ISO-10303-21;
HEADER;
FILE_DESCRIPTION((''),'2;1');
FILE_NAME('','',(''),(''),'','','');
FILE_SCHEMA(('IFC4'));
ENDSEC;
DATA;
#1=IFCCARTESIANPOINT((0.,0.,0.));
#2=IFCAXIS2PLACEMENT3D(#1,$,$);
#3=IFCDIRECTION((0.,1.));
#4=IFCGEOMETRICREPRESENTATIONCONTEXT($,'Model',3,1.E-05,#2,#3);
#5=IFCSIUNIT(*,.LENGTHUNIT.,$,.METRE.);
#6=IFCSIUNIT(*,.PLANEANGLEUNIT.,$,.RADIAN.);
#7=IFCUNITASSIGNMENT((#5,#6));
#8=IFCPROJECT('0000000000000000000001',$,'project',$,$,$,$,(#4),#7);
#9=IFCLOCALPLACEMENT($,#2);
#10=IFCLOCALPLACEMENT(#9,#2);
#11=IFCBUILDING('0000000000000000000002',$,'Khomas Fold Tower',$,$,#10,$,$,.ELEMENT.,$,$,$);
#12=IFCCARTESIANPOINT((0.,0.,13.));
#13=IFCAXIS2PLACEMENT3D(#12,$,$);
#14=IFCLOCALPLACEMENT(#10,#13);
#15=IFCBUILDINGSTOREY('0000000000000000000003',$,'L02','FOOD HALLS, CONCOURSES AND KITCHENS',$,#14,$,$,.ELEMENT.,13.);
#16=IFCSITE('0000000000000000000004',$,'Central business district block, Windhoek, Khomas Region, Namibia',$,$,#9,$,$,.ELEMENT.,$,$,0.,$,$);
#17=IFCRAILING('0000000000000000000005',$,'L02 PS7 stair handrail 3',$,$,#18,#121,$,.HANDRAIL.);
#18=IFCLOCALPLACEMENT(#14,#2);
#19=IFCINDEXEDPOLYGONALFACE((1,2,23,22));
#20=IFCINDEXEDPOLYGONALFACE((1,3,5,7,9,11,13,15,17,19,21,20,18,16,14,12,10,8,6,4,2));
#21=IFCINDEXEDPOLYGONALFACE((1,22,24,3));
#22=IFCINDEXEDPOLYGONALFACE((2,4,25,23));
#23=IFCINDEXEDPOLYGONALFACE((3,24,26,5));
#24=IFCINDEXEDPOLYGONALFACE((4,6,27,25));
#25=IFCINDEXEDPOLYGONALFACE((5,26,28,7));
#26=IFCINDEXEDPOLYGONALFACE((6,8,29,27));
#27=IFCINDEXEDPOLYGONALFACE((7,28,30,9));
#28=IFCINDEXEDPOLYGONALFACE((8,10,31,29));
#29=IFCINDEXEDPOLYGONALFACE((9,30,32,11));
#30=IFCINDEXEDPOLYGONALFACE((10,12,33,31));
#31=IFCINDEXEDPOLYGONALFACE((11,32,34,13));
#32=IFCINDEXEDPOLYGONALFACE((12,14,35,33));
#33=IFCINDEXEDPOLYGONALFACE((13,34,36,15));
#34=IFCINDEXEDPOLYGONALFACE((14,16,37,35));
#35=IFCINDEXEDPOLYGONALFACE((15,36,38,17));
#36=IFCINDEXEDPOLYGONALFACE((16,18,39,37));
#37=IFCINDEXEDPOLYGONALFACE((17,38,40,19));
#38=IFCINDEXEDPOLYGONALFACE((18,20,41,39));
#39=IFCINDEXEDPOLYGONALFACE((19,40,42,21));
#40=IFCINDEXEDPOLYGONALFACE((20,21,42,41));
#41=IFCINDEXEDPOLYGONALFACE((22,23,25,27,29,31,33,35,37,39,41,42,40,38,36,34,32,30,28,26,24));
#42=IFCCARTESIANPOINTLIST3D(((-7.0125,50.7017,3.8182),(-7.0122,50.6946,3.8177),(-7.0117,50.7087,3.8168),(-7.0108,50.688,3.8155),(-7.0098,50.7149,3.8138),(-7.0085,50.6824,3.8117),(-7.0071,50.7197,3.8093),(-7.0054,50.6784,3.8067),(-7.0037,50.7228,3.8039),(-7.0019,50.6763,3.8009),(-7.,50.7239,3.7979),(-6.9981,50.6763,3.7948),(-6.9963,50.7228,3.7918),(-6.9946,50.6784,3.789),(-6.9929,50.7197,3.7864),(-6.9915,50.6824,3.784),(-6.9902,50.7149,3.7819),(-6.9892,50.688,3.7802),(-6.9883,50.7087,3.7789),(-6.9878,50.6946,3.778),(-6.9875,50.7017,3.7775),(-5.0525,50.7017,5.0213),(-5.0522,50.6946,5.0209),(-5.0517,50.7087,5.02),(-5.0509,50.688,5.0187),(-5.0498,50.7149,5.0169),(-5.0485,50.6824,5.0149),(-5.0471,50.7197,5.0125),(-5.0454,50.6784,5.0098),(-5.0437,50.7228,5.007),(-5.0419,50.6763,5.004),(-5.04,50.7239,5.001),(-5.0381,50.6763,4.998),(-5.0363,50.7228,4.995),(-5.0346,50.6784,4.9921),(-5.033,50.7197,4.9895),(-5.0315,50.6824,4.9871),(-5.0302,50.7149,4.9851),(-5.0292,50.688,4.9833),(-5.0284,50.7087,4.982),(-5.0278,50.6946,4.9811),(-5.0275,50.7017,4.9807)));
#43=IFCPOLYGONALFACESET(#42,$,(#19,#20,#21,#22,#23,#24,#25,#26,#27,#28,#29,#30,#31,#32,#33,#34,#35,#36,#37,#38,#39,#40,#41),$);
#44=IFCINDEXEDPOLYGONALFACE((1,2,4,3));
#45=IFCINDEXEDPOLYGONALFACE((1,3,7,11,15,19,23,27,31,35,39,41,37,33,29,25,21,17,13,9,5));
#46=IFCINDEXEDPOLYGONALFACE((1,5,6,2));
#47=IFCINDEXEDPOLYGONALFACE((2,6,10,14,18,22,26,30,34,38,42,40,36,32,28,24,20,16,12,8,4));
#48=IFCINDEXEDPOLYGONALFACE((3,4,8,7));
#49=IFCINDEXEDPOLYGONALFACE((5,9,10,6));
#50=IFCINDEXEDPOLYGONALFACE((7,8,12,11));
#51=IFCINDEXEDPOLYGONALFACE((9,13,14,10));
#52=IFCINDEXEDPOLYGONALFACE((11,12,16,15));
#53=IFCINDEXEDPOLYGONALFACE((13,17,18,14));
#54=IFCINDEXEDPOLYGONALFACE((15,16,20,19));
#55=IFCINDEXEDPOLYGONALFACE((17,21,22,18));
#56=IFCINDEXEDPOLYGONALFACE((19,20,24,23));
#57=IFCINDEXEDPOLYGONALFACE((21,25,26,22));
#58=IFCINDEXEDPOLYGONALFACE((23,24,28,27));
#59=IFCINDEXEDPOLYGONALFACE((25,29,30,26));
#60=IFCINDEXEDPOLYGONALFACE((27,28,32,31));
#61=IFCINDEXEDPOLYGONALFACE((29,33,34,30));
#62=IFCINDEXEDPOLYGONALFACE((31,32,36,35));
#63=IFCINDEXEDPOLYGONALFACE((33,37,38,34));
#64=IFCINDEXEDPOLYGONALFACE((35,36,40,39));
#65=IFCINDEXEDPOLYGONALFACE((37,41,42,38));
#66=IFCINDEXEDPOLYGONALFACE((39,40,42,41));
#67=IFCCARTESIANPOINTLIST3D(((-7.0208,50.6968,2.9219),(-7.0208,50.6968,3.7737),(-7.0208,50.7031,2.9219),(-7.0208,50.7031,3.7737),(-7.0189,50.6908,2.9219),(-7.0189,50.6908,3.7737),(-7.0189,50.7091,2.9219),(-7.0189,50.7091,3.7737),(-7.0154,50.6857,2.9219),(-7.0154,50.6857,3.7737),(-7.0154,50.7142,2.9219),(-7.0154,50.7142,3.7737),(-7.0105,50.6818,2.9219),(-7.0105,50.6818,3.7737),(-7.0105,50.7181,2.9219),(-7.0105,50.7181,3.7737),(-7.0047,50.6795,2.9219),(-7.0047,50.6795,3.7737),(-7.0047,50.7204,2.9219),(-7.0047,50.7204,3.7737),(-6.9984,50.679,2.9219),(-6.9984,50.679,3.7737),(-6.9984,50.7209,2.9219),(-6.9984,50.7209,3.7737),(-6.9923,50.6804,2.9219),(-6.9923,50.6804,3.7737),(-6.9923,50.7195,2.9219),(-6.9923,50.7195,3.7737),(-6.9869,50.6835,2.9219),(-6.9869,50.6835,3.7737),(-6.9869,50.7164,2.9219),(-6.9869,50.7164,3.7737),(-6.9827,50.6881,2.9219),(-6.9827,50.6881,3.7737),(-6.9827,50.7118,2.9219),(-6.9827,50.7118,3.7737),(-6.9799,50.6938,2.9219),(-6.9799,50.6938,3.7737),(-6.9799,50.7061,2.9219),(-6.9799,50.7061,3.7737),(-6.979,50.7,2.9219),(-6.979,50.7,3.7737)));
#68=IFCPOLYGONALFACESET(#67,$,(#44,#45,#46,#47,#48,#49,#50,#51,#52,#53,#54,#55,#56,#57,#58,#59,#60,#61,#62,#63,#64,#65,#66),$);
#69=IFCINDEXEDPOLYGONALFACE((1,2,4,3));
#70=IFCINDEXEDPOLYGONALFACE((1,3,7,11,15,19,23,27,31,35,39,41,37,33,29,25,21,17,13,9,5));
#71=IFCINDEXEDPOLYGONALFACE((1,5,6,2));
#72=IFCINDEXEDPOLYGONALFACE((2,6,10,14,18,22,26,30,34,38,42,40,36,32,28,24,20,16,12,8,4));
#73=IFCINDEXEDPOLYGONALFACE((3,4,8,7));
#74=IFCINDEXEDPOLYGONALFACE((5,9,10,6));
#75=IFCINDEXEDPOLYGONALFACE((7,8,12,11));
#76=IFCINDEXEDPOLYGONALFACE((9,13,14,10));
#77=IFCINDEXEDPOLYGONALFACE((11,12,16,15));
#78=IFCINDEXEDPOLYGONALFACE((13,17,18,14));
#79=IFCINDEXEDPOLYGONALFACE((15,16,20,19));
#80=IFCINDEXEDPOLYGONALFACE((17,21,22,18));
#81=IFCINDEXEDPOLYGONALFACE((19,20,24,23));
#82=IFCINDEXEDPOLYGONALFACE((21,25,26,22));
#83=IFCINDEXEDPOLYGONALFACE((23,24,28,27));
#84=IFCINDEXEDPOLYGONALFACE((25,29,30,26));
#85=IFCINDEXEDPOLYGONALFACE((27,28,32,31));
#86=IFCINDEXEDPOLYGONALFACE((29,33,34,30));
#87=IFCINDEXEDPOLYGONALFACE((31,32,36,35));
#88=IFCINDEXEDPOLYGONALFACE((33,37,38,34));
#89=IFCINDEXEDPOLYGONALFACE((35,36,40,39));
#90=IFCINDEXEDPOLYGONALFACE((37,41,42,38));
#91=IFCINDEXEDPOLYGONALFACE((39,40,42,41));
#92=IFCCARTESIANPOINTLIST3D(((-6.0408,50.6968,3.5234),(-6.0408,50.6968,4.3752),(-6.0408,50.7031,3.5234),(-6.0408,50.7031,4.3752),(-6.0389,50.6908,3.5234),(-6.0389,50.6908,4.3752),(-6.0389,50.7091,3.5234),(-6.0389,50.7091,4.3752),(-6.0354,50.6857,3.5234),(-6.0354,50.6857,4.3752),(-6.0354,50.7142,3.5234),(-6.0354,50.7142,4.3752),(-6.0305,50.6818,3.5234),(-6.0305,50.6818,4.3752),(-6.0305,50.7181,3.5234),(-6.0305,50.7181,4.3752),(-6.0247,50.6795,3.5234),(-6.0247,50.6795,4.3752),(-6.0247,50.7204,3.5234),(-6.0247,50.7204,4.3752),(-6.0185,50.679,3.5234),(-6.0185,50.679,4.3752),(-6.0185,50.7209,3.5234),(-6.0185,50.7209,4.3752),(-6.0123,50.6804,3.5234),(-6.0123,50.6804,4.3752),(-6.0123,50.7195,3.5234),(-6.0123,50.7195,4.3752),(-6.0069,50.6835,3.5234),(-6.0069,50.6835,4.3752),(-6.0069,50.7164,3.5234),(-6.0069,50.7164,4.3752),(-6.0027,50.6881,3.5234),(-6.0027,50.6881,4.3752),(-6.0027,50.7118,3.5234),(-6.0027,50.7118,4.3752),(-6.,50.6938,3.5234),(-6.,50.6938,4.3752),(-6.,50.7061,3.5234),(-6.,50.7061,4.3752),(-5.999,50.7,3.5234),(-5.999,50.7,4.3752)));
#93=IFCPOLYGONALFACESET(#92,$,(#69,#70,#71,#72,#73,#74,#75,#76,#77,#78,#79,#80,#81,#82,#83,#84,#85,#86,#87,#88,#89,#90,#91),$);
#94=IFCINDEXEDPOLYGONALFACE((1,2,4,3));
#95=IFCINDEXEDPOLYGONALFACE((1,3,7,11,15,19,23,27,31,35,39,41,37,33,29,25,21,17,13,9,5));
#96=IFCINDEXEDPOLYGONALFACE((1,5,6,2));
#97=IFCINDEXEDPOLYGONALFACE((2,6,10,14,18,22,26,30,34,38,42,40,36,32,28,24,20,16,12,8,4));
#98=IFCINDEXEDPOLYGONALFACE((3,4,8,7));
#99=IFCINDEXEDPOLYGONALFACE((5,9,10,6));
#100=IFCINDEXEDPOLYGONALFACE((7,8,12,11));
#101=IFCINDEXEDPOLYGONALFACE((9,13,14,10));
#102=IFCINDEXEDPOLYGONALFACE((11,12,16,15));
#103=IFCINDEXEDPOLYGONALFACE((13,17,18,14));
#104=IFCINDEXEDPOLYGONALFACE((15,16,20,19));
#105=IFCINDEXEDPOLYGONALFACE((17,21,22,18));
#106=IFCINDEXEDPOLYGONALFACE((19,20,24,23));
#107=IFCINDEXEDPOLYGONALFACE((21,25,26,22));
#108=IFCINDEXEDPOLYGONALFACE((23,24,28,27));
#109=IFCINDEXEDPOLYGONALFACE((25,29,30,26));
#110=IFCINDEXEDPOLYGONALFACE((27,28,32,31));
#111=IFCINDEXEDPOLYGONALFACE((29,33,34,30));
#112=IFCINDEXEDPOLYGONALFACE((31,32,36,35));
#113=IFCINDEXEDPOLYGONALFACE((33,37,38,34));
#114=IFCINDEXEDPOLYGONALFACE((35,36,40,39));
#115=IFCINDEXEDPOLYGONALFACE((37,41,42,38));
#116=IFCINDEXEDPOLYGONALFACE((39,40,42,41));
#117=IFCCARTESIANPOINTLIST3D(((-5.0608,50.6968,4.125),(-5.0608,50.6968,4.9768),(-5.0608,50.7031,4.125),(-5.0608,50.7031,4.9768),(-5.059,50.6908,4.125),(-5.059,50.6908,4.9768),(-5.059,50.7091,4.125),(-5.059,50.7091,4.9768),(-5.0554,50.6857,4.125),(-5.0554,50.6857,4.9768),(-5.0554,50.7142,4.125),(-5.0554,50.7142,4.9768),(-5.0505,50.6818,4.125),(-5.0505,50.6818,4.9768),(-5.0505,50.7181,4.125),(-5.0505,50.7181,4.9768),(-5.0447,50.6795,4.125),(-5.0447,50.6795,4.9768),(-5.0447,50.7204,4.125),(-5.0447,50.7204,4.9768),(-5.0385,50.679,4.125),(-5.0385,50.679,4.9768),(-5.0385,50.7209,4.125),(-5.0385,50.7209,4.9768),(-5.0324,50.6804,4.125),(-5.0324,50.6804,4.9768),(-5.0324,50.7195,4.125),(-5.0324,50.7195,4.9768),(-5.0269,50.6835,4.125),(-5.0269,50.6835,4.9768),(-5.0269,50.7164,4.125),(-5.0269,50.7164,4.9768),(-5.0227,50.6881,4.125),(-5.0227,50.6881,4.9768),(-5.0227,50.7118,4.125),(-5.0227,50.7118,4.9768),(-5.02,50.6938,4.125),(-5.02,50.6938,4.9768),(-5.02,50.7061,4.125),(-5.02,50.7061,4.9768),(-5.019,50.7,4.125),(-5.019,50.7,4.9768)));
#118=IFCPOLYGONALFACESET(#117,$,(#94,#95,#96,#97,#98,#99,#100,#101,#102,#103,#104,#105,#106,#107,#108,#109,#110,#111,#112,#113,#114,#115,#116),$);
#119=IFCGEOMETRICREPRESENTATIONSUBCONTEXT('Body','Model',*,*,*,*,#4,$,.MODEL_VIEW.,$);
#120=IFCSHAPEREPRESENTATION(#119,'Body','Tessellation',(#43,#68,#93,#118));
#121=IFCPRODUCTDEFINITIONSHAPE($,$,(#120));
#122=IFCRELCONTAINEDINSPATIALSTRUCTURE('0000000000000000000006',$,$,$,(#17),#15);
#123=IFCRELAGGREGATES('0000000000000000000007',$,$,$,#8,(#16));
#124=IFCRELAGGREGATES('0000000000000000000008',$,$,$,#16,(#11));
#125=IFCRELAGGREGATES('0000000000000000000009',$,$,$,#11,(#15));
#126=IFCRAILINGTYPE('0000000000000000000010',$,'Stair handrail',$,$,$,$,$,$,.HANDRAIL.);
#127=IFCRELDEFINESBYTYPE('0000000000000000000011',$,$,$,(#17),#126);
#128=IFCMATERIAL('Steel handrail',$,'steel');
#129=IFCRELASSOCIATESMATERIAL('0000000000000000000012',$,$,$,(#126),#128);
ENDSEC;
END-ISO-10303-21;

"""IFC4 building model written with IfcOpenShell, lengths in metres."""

from ifc_helpers import new_model, si_unit, direction, frame, origin, origin_2d, place, context, subcontext, project, spatial, circle, extrude, source, transform, mapped, material, type_object, element, save


model = new_model("IFC4")

# Units and contexts
model_context = context("Model", 3, precision=1e-05, world=origin(), true_north=direction((0.0, 1.0)))
body_context = subcontext(model_context, "Body", "Model", "MODEL_VIEW")
ifc_project = project(units=[si_unit("LENGTHUNIT", "METRE"), si_unit("PLANEANGLEUNIT", "RADIAN")], contexts=[model_context])

# Site, building, storey
site_placement = place(None, origin())
site = spatial("IfcSite", under=ifc_project, at=site_placement, Name="Central business district block, Windhoek, Khomas Region, Namibia", CompositionType="ELEMENT", RefElevation=0.0)
building_placement = place(site_placement, origin())
building = spatial("IfcBuilding", under=site, at=building_placement, Name="Khomas Fold Tower", CompositionType="ELEMENT")
storey_placement = place(building_placement, frame((0.0, 0.0, 13.0)))
storey = spatial("IfcBuildingStorey", under=building, at=storey_placement, Name="L02", Description="FOOD HALLS, CONCOURSES AND KITCHENS", CompositionType="ELEMENT", Elevation=13.0)

# Railing
ifc_material_1 = material(Name="Steel handrail", Category="steel")
railing_type_1 = type_object("IfcRailingType", Name="Stair handrail", PredefinedType="HANDRAIL", material=ifc_material_1)
shared_shape_1 = source(origin(), body_context, "Body", "SweptSolid", [
    extrude(circle(Radius=0.0239, at=origin_2d()), frame((0.0, 0.0, 0.876), z_axis=(0.852241, 0.0, 0.523149), x_axis=(0.0, 1.0, 0.0)), (0.0, 0.0, 1.0), 2.2998),
    extrude(circle(Radius=0.021, at=origin_2d()), origin(), (0.0, 0.0, 1.0), 0.8518),
    extrude(circle(Radius=0.021, at=origin_2d()), frame((0.98, 0.0, 0.6016)), (0.0, 0.0, 1.0), 0.8518),
    extrude(circle(Radius=0.021, at=origin_2d()), frame((1.96, 0.0, 1.2031)), (0.0, 0.0, 1.0), 0.8518),
])
railing_1_placement = place(storey_placement, frame((-7.0, 50.7, 2.9219)))
element("IfcRailing", 1, at=railing_1_placement, inside=storey, type_object=railing_type_1, Name="L02 PS7 stair handrail 3", PredefinedType="HANDRAIL", context=body_context, shape_type="MappedRepresentation", body=[
    mapped(shared_shape_1, transform((0.0, 0.0, 0.0))),
])

save(model, "model.ifc")
